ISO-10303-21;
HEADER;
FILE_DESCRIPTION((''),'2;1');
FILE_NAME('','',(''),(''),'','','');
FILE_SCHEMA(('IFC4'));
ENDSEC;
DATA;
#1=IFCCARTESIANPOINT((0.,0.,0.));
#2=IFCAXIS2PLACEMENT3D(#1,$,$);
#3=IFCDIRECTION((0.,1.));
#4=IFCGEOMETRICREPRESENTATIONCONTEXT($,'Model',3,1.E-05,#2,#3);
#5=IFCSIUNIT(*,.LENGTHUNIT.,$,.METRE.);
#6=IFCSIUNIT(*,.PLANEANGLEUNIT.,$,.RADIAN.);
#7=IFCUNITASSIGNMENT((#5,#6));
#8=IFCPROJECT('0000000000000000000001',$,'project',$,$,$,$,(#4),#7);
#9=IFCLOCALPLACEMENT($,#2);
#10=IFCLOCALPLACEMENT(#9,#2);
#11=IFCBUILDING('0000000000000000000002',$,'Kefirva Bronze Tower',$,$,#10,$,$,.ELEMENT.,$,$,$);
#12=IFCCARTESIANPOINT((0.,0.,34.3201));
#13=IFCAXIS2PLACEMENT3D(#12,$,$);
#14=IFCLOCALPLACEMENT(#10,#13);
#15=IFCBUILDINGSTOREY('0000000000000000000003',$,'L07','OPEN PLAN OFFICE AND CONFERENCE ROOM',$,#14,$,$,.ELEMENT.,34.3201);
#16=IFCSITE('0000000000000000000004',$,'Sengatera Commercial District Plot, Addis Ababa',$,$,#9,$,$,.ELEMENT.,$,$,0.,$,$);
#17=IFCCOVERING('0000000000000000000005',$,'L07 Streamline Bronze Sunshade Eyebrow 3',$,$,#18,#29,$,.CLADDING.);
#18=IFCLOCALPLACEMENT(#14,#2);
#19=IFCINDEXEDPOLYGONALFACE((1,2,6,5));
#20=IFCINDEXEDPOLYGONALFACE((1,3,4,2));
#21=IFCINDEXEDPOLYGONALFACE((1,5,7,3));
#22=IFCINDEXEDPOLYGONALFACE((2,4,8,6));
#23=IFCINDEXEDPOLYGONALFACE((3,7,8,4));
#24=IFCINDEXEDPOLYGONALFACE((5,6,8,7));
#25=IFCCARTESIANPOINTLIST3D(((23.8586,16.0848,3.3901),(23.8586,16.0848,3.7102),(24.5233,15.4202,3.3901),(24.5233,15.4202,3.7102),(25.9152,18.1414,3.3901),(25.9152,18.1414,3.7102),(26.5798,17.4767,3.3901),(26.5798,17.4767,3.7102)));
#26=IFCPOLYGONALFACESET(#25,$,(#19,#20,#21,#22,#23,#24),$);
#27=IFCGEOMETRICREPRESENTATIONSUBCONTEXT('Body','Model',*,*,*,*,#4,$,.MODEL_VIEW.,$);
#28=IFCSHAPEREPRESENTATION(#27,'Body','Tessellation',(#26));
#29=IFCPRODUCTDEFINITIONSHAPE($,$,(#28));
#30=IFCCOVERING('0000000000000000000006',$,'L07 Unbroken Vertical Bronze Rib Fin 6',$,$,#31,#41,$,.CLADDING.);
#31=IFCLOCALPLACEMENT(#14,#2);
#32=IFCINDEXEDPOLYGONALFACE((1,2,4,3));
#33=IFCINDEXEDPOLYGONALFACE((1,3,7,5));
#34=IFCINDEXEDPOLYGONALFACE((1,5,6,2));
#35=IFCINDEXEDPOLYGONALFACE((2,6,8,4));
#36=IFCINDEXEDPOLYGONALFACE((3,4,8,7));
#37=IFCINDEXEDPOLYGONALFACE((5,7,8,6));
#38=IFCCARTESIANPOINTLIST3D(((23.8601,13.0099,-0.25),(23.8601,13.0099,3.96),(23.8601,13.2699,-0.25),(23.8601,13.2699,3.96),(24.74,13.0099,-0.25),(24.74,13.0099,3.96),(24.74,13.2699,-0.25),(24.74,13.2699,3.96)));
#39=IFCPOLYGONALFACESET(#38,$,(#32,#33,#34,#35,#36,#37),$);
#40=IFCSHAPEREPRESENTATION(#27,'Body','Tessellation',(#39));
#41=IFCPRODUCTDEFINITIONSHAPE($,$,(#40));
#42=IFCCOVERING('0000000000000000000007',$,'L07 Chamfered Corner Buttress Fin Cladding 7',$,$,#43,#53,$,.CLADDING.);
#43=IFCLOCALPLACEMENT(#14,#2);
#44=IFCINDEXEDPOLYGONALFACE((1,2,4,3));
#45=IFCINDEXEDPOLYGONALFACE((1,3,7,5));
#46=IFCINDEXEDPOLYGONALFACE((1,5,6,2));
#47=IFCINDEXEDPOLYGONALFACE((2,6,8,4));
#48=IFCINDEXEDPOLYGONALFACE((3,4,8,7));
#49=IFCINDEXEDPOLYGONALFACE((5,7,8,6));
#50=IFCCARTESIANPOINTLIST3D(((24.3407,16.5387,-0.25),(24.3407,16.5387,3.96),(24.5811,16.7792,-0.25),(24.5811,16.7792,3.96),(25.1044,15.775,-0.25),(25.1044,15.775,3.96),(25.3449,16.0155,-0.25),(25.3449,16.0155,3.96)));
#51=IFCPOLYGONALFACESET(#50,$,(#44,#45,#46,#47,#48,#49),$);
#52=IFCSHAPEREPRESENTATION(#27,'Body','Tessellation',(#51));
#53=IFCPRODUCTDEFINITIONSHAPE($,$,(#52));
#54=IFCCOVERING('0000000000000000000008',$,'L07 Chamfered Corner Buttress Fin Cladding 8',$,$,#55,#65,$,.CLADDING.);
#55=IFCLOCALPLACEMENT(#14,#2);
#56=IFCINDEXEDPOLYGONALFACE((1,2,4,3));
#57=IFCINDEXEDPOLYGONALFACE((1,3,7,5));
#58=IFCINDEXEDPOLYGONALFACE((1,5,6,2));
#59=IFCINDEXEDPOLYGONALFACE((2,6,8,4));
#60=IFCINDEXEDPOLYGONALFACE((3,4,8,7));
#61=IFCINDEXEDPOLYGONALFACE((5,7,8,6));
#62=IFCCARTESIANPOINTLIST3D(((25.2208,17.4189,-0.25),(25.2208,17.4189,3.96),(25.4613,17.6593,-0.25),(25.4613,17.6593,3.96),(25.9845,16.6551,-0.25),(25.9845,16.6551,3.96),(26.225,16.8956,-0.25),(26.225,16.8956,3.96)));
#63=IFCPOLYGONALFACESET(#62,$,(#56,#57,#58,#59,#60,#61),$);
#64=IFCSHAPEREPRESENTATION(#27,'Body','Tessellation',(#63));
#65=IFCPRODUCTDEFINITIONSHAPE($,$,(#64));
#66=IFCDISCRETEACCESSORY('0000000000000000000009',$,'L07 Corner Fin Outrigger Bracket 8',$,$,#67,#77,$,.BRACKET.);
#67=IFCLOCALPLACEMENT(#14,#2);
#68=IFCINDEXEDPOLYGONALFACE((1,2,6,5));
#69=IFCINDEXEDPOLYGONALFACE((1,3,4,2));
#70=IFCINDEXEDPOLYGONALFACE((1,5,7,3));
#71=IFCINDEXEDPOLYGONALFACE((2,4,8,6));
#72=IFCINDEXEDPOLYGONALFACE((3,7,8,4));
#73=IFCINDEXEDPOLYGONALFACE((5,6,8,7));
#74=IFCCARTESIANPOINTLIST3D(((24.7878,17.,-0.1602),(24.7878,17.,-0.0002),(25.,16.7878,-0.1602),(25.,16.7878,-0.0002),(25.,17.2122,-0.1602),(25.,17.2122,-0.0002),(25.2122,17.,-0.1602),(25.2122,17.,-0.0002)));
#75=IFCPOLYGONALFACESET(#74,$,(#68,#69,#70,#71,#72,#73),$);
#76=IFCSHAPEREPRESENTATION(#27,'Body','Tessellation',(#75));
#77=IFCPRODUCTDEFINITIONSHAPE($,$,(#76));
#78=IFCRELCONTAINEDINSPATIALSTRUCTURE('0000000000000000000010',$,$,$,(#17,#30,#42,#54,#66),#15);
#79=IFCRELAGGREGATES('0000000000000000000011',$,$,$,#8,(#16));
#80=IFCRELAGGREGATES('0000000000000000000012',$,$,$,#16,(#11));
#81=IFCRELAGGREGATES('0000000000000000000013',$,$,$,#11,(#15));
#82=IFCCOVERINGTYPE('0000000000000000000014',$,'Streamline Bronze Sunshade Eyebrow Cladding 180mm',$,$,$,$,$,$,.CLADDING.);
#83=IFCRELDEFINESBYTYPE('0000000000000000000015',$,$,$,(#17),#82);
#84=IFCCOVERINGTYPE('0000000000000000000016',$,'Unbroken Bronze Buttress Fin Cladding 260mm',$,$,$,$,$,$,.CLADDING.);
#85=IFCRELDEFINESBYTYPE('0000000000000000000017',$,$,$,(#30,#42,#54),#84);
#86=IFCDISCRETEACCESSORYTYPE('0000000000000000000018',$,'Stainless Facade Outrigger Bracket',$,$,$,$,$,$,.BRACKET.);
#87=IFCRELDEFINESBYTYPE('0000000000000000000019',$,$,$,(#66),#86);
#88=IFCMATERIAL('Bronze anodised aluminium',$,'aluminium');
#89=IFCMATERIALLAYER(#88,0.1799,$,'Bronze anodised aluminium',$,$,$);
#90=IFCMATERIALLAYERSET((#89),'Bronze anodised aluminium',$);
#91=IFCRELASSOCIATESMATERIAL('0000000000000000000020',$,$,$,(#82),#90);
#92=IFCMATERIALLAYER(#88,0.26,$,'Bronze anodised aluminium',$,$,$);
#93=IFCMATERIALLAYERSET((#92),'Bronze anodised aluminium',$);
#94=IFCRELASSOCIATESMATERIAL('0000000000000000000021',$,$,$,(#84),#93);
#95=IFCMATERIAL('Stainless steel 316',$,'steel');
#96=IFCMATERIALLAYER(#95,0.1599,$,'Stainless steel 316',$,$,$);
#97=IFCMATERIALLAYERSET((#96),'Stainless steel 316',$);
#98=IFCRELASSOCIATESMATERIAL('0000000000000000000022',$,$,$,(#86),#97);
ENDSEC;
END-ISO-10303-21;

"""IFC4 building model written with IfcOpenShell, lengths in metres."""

from ifc_helpers import new_model, si_unit, direction, frame, origin, origin_2d, place, context, subcontext, project, spatial, rectangle, extrude, material, layer, layer_set, type_object, element, save


model = new_model("IFC4")

# Units and contexts
model_context = context("Model", 3, precision=1e-05, world=origin(), true_north=direction((0.0, 1.0)))
body_context = subcontext(model_context, "Body", "Model", "MODEL_VIEW")
ifc_project = project(units=[si_unit("LENGTHUNIT", "METRE"), si_unit("PLANEANGLEUNIT", "RADIAN")], contexts=[model_context])

# Site, building, storey
site_placement = place(None, origin())
site = spatial("IfcSite", under=ifc_project, at=site_placement, Name="Sengatera Commercial District Plot, Addis Ababa", CompositionType="ELEMENT", RefElevation=0.0)
building_placement = place(site_placement, origin())
building = spatial("IfcBuilding", under=site, at=building_placement, Name="Kefirva Bronze Tower", CompositionType="ELEMENT")
storey_placement = place(building_placement, frame((0.0, 0.0, 34.3201)))
storey = spatial("IfcBuildingStorey", under=building, at=storey_placement, Name="L07", Description="OPEN PLAN OFFICE AND CONFERENCE ROOM", CompositionType="ELEMENT", Elevation=34.3201)

# Shared definitions
ifc_material_1 = material(Name="Bronze anodised aluminium", Category="aluminium")

# Coverings
ifc_layer_1 = layer(ifc_material_1, 0.1799, Name="Bronze anodised aluminium")
ifc_layer_set_1 = layer_set([ifc_layer_1], Name="Bronze anodised aluminium")
covering_type_1 = type_object("IfcCoveringType", Name="Streamline Bronze Sunshade Eyebrow Cladding 180mm", PredefinedType="CLADDING", material=ifc_layer_set_1)
covering_1_placement = place(storey_placement, frame((25.2192, 16.7808, 3.3901), z_axis=(0.0, 0.0, 1.0), x_axis=(0.707107, 0.707107, 0.0)))
element("IfcCovering", 1, at=covering_1_placement, inside=storey, type_object=covering_type_1, Name="L07 Streamline Bronze Sunshade Eyebrow 3", PredefinedType="CLADDING", context=body_context, shape_type="SweptSolid", body=[
    extrude(rectangle(XDim=2.9084, YDim=0.9399, at=origin_2d()), origin(), (0.0, 0.0, 1.0), 0.3201),
])
ifc_layer_2 = layer(ifc_material_1, 0.26, Name="Bronze anodised aluminium")
ifc_layer_set_2 = layer_set([ifc_layer_2], Name="Bronze anodised aluminium")
covering_type_2 = type_object("IfcCoveringType", Name="Unbroken Bronze Buttress Fin Cladding 260mm", PredefinedType="CLADDING", material=ifc_layer_set_2)
covering_2_placement = place(storey_placement, frame((24.3, 13.1399, -0.25), z_axis=(0.0, 0.0, 1.0), x_axis=(0.0, 1.0, 0.0)))
element("IfcCovering", 2, at=covering_2_placement, inside=storey, type_object=covering_type_2, Name="L07 Unbroken Vertical Bronze Rib Fin 6", PredefinedType="CLADDING", context=body_context, shape_type="SweptSolid", body=[
    extrude(rectangle(XDim=0.26, YDim=0.8799, at=origin_2d()), origin(), (0.0, 0.0, 1.0), 4.21),
])
for number, where, z_axis, x_axis, name in (
    (3, (24.8428, 16.2771, -0.25), (0.0, 0.0, 1.0), (0.707107, 0.707107, 0.0), "L07 Chamfered Corner Buttress Fin Cladding 7"),
    (4, (25.7229, 17.1572, -0.25), (0.0, 0.0, 1.0), (0.707107, 0.707107, 0.0), "L07 Chamfered Corner Buttress Fin Cladding 8"),
):
    element("IfcCovering", number, at=place(storey_placement, frame(where, z_axis=z_axis, x_axis=x_axis)), inside=storey, type_object=covering_type_2, Name=name, PredefinedType="CLADDING", context=body_context, shape_type="SweptSolid", body=[
        extrude(rectangle(XDim=0.3401, YDim=1.0801, at=origin_2d()), origin(), (0.0, 0.0, 1.0), 4.21),
    ])

# Discrete accessory
ifc_material_2 = material(Name="Stainless steel 316", Category="steel")
ifc_layer_3 = layer(ifc_material_2, 0.1599, Name="Stainless steel 316")
ifc_layer_set_3 = layer_set([ifc_layer_3], Name="Stainless steel 316")
discrete_accessory_type = type_object("IfcDiscreteAccessoryType", Name="Stainless Facade Outrigger Bracket", PredefinedType="BRACKET", material=ifc_layer_set_3)
discrete_accessory_placement = place(storey_placement, frame((25.0, 17.0, -0.1602), z_axis=(0.0, 0.0, 1.0), x_axis=(0.707107, 0.707107, 0.0)))
element("IfcDiscreteAccessory", 5, at=discrete_accessory_placement, inside=storey, type_object=discrete_accessory_type, Name="L07 Corner Fin Outrigger Bracket 8", PredefinedType="BRACKET", context=body_context, shape_type="SweptSolid", body=[
    extrude(rectangle(XDim=0.3, YDim=0.3, at=origin_2d()), origin(), (0.0, 0.0, 1.0), 0.1599),
])

save(model, "model.ifc")
